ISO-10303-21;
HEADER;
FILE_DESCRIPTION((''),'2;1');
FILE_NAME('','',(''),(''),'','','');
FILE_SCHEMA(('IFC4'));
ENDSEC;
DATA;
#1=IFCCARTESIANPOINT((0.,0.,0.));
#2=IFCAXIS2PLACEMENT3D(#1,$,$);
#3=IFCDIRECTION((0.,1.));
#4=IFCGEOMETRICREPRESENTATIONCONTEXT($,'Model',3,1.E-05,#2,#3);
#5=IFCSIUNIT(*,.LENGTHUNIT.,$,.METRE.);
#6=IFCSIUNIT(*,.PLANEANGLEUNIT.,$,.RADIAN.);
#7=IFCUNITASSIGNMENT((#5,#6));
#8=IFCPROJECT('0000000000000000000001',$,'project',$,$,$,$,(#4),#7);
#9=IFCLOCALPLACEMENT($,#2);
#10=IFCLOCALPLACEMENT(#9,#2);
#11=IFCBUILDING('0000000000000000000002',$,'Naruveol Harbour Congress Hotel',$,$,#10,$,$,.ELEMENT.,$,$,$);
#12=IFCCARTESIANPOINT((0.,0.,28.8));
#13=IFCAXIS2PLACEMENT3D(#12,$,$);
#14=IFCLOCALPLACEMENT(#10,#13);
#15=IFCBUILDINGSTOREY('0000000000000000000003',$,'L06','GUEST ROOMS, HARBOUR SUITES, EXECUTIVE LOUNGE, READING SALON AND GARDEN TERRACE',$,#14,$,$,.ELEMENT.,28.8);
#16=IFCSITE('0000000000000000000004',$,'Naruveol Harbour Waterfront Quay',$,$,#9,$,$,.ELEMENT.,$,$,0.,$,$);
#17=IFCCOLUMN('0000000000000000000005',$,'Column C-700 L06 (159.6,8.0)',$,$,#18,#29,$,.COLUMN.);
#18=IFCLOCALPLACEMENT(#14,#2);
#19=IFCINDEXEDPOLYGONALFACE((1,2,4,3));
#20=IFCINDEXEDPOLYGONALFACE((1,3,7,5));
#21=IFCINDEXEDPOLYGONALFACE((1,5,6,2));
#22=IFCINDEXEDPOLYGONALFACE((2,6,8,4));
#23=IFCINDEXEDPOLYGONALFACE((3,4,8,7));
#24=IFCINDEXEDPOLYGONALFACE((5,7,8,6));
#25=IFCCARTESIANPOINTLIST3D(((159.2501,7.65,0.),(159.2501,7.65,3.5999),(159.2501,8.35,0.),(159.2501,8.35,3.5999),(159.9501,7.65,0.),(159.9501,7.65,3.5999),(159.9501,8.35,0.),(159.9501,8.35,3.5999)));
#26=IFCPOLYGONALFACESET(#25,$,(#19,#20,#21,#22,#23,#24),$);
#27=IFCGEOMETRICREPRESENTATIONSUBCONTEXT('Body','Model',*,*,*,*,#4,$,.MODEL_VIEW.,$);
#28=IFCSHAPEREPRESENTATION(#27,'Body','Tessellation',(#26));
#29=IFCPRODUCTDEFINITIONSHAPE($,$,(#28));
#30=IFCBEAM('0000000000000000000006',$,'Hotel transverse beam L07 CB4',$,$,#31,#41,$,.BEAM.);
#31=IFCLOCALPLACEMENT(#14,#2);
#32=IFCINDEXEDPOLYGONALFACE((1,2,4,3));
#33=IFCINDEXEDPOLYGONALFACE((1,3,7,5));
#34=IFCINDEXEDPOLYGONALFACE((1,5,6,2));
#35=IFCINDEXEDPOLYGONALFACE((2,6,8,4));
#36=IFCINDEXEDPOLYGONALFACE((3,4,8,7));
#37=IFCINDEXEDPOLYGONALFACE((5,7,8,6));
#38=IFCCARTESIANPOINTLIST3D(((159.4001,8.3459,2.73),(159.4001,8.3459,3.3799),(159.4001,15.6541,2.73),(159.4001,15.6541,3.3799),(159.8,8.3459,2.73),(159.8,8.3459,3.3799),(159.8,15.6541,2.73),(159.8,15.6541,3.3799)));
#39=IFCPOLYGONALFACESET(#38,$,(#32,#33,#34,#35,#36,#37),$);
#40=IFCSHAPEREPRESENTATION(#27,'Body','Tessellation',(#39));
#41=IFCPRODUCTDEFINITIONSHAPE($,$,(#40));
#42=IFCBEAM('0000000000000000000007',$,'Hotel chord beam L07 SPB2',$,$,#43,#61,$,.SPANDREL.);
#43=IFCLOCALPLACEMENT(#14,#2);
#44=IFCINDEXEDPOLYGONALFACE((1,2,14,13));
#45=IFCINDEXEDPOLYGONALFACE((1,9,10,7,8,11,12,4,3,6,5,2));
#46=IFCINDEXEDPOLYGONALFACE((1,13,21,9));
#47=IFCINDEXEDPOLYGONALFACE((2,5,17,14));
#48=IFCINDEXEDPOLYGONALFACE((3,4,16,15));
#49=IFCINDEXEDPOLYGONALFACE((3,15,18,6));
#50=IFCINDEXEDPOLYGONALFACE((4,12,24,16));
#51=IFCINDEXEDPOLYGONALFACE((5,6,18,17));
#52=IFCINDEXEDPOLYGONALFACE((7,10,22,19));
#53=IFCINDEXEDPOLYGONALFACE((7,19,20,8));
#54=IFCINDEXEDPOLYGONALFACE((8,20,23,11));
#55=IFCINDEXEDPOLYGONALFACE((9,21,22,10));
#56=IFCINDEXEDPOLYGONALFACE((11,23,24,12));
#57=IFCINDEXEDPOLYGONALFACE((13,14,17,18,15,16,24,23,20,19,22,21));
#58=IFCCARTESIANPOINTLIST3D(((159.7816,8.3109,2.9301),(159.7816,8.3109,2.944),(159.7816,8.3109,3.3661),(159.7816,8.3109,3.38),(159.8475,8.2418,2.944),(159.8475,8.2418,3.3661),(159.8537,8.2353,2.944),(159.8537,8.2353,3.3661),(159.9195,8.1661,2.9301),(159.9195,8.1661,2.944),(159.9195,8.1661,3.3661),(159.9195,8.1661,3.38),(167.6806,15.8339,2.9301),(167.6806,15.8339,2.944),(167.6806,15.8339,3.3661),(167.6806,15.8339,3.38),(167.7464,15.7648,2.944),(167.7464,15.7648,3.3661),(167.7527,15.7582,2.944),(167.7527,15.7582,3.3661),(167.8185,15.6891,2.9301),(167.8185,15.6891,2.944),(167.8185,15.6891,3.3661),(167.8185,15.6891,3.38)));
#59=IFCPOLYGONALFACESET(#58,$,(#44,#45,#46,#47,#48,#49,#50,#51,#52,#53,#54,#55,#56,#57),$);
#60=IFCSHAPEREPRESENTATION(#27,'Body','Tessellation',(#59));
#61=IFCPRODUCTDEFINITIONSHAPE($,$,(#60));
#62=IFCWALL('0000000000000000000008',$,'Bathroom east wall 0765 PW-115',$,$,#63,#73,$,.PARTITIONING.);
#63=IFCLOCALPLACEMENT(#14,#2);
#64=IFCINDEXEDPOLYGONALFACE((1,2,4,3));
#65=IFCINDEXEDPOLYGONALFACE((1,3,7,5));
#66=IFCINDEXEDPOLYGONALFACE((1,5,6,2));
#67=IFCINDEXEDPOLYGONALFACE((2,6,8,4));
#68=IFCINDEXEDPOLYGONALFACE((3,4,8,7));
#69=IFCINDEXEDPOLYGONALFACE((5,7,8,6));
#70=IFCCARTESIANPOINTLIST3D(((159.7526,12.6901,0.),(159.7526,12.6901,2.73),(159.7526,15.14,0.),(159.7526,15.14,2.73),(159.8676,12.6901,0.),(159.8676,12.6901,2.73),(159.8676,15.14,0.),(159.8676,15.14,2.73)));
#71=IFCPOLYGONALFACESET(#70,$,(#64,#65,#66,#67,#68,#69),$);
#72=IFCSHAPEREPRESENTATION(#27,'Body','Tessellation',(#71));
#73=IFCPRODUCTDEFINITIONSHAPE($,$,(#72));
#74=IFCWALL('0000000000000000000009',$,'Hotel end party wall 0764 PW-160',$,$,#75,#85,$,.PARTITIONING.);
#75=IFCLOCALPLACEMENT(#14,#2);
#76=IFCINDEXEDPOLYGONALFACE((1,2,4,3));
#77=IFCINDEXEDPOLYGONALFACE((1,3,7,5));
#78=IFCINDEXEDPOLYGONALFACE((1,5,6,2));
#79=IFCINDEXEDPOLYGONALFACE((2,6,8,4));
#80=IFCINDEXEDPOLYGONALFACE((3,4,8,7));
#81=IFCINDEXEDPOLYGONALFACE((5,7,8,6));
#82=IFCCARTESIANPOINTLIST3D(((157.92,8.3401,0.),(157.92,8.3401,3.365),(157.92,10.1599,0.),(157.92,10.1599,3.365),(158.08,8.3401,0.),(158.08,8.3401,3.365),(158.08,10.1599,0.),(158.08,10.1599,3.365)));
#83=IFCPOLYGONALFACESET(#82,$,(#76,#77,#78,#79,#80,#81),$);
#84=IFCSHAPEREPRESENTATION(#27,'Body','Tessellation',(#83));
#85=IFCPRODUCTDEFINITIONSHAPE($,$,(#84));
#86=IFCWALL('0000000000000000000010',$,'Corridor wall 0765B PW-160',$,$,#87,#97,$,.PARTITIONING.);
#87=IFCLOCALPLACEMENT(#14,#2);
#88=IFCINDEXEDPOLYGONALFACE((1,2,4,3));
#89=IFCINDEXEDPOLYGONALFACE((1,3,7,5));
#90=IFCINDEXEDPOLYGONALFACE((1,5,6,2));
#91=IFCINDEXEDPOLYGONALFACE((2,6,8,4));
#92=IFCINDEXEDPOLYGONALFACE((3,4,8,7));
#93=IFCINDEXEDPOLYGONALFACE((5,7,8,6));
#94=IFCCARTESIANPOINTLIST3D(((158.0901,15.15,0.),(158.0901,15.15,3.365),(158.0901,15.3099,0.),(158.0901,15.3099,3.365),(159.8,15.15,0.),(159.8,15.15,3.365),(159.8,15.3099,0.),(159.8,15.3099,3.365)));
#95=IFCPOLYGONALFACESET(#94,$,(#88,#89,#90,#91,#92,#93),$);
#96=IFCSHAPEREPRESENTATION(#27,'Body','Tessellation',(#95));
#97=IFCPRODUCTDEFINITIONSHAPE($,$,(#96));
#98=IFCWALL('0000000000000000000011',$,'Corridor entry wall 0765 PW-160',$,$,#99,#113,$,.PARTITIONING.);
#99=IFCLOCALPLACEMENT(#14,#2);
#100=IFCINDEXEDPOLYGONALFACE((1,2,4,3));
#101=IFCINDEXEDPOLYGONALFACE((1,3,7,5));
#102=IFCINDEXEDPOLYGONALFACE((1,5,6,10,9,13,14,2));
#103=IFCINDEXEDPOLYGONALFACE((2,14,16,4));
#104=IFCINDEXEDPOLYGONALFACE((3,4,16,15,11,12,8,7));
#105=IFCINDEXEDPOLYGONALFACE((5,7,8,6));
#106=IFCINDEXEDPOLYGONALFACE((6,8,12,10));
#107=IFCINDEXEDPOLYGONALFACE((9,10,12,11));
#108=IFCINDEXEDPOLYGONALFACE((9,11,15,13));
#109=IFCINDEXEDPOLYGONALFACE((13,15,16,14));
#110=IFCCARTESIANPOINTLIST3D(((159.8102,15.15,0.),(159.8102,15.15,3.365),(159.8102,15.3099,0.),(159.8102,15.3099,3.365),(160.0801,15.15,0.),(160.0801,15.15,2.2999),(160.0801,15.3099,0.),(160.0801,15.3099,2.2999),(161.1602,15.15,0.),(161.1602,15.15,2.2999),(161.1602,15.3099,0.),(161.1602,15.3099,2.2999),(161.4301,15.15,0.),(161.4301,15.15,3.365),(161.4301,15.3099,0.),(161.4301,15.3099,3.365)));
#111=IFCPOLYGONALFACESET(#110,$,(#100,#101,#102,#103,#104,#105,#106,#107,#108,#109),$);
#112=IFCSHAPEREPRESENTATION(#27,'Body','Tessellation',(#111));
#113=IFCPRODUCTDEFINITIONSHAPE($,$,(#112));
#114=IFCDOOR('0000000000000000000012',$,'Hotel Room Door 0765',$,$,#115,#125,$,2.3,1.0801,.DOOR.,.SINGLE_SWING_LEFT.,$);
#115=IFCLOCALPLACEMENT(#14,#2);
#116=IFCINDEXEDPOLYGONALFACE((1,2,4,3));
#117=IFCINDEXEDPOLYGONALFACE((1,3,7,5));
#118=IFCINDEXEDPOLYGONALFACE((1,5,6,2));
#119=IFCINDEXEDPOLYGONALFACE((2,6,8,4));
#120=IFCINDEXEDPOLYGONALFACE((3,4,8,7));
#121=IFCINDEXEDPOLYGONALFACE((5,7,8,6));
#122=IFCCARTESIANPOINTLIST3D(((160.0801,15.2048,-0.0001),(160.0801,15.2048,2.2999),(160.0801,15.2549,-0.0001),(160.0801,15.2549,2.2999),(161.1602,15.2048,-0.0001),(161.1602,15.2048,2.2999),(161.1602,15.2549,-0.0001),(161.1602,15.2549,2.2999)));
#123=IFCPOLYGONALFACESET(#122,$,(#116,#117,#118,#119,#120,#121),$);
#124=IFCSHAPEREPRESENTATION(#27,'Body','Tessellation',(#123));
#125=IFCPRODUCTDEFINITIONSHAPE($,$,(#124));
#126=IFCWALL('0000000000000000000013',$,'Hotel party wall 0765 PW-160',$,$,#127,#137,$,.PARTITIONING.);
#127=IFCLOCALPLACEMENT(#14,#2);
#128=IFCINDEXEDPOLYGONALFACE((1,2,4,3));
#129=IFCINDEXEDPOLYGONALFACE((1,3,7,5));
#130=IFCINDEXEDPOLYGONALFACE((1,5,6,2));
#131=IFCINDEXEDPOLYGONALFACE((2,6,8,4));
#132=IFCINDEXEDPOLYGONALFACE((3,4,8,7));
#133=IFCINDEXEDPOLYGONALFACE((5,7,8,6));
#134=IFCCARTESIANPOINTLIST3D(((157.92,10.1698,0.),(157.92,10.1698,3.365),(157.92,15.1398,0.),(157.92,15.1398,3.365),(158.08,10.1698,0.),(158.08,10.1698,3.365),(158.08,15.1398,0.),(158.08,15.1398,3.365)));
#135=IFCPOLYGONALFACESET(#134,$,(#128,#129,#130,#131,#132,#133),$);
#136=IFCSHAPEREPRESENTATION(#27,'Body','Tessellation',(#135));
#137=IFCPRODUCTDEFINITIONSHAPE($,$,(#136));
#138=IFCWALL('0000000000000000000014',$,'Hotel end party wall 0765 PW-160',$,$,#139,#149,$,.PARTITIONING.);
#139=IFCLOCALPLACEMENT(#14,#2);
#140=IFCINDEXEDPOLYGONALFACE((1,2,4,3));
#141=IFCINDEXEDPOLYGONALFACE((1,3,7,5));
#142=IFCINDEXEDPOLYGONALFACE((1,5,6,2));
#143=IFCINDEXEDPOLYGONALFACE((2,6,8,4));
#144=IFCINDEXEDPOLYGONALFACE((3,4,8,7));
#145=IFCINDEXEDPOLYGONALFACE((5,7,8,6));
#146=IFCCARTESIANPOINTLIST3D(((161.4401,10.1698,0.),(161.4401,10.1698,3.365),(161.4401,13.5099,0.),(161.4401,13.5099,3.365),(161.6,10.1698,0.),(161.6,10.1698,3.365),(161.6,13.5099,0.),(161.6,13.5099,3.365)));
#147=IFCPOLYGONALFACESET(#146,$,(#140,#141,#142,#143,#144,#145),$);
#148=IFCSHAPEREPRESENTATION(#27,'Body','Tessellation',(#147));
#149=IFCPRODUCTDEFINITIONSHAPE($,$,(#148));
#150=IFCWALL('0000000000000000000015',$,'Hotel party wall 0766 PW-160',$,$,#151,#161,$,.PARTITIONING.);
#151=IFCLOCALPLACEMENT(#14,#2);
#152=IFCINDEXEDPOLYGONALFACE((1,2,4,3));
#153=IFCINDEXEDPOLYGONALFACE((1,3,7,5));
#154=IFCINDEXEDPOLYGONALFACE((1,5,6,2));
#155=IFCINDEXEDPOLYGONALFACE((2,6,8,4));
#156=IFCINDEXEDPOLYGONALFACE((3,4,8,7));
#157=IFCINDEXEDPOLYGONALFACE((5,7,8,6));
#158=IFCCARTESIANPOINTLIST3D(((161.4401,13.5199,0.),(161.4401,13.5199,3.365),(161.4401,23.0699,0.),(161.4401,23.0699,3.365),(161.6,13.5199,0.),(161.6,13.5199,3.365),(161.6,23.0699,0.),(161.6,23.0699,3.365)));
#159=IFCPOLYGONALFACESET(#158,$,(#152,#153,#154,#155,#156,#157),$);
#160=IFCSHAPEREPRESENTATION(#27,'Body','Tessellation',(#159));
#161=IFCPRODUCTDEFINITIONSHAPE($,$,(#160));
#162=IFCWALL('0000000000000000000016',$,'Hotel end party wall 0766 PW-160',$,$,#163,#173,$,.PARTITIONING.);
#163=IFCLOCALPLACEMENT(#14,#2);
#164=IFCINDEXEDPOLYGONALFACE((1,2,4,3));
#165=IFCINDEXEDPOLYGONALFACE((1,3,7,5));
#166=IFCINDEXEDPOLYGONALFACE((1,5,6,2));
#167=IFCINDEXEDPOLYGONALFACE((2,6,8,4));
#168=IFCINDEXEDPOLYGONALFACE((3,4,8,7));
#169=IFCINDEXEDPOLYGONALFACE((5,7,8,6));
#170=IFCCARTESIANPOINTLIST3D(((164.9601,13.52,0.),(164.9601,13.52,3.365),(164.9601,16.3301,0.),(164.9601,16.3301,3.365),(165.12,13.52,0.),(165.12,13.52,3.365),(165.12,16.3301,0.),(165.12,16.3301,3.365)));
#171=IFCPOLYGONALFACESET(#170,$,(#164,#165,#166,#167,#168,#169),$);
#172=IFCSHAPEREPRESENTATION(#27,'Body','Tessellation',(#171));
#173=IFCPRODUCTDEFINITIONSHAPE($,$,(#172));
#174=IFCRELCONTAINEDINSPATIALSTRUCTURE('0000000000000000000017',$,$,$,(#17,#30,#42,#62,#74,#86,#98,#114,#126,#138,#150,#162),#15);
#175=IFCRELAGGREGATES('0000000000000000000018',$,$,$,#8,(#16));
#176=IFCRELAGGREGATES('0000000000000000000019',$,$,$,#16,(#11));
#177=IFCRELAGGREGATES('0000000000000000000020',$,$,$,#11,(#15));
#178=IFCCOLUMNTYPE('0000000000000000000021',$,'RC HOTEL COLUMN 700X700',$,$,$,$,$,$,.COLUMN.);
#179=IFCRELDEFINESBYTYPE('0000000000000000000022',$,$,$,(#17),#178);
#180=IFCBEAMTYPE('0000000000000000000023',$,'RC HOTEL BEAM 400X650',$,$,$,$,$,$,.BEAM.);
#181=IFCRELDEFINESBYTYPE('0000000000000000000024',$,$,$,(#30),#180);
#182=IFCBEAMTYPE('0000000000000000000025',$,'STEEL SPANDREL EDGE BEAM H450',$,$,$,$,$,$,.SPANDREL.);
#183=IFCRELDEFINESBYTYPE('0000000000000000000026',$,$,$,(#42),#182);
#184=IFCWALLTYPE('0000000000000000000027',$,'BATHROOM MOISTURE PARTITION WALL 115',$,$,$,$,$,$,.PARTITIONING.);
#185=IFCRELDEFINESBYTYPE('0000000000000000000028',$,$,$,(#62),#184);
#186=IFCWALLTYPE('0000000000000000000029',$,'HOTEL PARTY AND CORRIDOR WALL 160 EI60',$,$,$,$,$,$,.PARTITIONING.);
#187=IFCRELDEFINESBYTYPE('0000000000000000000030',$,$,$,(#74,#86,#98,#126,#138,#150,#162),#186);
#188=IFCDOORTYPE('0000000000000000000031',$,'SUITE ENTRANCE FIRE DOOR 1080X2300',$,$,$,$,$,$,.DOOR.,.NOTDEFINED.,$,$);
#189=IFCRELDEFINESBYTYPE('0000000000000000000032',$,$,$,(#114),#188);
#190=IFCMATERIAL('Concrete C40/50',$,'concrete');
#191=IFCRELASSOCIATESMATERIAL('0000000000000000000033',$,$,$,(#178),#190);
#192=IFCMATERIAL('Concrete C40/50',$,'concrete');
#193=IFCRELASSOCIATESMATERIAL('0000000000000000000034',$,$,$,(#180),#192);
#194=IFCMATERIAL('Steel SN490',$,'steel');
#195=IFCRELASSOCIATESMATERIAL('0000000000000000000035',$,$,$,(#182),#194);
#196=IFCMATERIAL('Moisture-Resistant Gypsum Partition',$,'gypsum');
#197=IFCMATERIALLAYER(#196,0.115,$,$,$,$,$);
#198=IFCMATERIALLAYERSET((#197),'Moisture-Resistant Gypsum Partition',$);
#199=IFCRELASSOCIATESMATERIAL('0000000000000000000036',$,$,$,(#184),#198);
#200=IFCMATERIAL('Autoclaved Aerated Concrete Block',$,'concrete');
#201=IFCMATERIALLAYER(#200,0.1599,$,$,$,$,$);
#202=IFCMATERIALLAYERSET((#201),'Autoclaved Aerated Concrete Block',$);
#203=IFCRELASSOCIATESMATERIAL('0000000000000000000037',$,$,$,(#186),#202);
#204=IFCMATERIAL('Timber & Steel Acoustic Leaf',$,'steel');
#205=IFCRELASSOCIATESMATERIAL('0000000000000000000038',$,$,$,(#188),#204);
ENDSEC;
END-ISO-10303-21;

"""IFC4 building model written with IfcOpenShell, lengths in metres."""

from ifc_helpers import new_model, si_unit, direction, frame, frame_2d, origin, origin_2d, place, context, subcontext, project, spatial, rectangle, i_section, extrude, material, layer, layer_set, material_profile, profile_set, type_object, element, fill, save


model = new_model("IFC4")

# Units and contexts
model_context = context("Model", 3, precision=1e-05, world=origin(), true_north=direction((0.0, 1.0)))
body_context = subcontext(model_context, "Body", "Model", "MODEL_VIEW")
ifc_project = project(units=[si_unit("LENGTHUNIT", "METRE"), si_unit("PLANEANGLEUNIT", "RADIAN")], contexts=[model_context])

# Site, building, storey
site_placement = place(None, origin())
site = spatial("IfcSite", under=ifc_project, at=site_placement, Name="Naruveol Harbour Waterfront Quay", CompositionType="ELEMENT", RefElevation=0.0)
building_placement = place(site_placement, origin())
building = spatial("IfcBuilding", under=site, at=building_placement, Name="Naruveol Harbour Congress Hotel", CompositionType="ELEMENT")
storey_placement = place(building_placement, frame((0.0, 0.0, 28.8)))
storey = spatial("IfcBuildingStorey", under=building, at=storey_placement, Name="L06", Description="GUEST ROOMS, HARBOUR SUITES, EXECUTIVE LOUNGE, READING SALON AND GARDEN TERRACE", CompositionType="ELEMENT", Elevation=28.8)

# Column
ifc_material_1 = material(Name="Concrete C40/50", Category="concrete")
ifc_material_profile_1 = material_profile(ifc_material_1, rectangle(XDim=0.7, YDim=0.7, at=origin_2d()), Name="RC-700x700")
ifc_profile_set_1 = profile_set([ifc_material_profile_1], Name="Concrete C40/50")
column_type = type_object("IfcColumnType", Name="RC HOTEL COLUMN 700X700", PredefinedType="COLUMN", material=ifc_profile_set_1)
column_placement = place(storey_placement, frame((159.6001, 8.0, 0.0), z_axis=(0.0, 0.0, 1.0), x_axis=(1.0, 0.0, 0.0)))
element("IfcColumn", 1, at=column_placement, inside=storey, type_object=column_type, Name="Column C-700 L06 (159.6,8.0)", PredefinedType="COLUMN", context=body_context, shape_type="SweptSolid", body=[
    extrude(rectangle(XDim=0.7, YDim=0.7, at=origin_2d()), origin(), (0.0, 0.0, 1.0), 3.5999),
])

# Beams
ifc_material_2 = material(Name="Concrete C40/50", Category="concrete")
ifc_material_profile_2 = material_profile(ifc_material_2, rectangle(XDim=0.3999, YDim=0.6499, at=origin_2d()), Name="RCB-400x650")
ifc_profile_set_2 = profile_set([ifc_material_profile_2], Name="Concrete C40/50")
beam_type_1 = type_object("IfcBeamType", Name="RC HOTEL BEAM 400X650", PredefinedType="BEAM", material=ifc_profile_set_2)
beam_1_placement = place(storey_placement, frame((159.6001, 8.3459, 3.0549), z_axis=(0.0, 1.0, 0.0), x_axis=(-1.0, 0.0, 0.0)))
element("IfcBeam", 2, at=beam_1_placement, inside=storey, type_object=beam_type_1, Name="Hotel transverse beam L07 CB4", PredefinedType="BEAM", context=body_context, shape_type="SweptSolid", body=[
    extrude(rectangle(XDim=0.3999, YDim=0.6499, at=origin_2d()), origin(), (0.0, 0.0, 1.0), 7.3081),
])
ifc_material_3 = material(Name="Steel SN490", Category="steel")
ifc_material_profile_3 = material_profile(ifc_material_3, i_section(OverallWidth=0.2, OverallDepth=0.45, WebThickness=0.009, FlangeThickness=0.0139, at=origin_2d()), Name="H-450x200x9x14")
ifc_profile_set_3 = profile_set([ifc_material_profile_3], Name="Steel SN490")
beam_type_2 = type_object("IfcBeamType", Name="STEEL SPANDREL EDGE BEAM H450", PredefinedType="SPANDREL", material=ifc_profile_set_3)
beam_2_placement = place(storey_placement, frame((159.8506, 8.2385, 3.155), z_axis=(0.72413, 0.689663, 0.0), x_axis=(-0.689663, 0.72413, 0.0)))
element("IfcBeam", 3, at=beam_2_placement, inside=storey, type_object=beam_type_2, Name="Hotel chord beam L07 SPB2", PredefinedType="SPANDREL", context=body_context, shape_type="SweptSolid", body=[
    extrude(i_section(OverallWidth=0.2, OverallDepth=0.45, WebThickness=0.009, FlangeThickness=0.0139, at=origin_2d()), origin(), (0.0, 0.0, 1.0), 10.9082),
])

# Wall
ifc_material_4 = material(Name="Moisture-Resistant Gypsum Partition", Category="gypsum")
ifc_layer_1 = layer(ifc_material_4, 0.115)
ifc_layer_set_1 = layer_set([ifc_layer_1], Name="Moisture-Resistant Gypsum Partition")
wall_type_1 = type_object("IfcWallType", Name="BATHROOM MOISTURE PARTITION WALL 115", PredefinedType="PARTITIONING", material=ifc_layer_set_1)
wall_1_placement = place(storey_placement, frame((159.8101, 12.6899, 0.0), z_axis=(0.0, 0.0, 1.0), x_axis=(0.0, 1.0, 0.0)))
element("IfcWall", 4, at=wall_1_placement, inside=storey, type_object=wall_type_1, Name="Bathroom east wall 0765 PW-115", PredefinedType="PARTITIONING", context=body_context, shape_type="SweptSolid", body=[
    extrude(rectangle(XDim=2.45, YDim=0.115, at=frame_2d((1.2251, 0.0))), origin(), (0.0, 0.0, 1.0), 2.73),
])

# Walls
ifc_material_5 = material(Name="Autoclaved Aerated Concrete Block", Category="concrete")
ifc_layer_2 = layer(ifc_material_5, 0.1599)
ifc_layer_set_2 = layer_set([ifc_layer_2], Name="Autoclaved Aerated Concrete Block")
wall_type_2 = type_object("IfcWallType", Name="HOTEL PARTY AND CORRIDOR WALL 160 EI60", PredefinedType="PARTITIONING", material=ifc_layer_set_2)
wall_2_placement = place(storey_placement, frame((158.0, 8.3401, 0.0), z_axis=(0.0, 0.0, 1.0), x_axis=(0.0, 1.0, 0.0)))
element("IfcWall", 5, at=wall_2_placement, inside=storey, type_object=wall_type_2, Name="Hotel end party wall 0764 PW-160", PredefinedType="PARTITIONING", context=body_context, shape_type="SweptSolid", body=[
    extrude(rectangle(XDim=1.8198, YDim=0.1599, at=frame_2d((0.9099, 0.0))), origin(), (0.0, 0.0, 1.0), 3.365),
])
wall_3_placement = place(storey_placement, frame((158.0901, 15.23, 0.0), z_axis=(0.0, 0.0, 1.0), x_axis=(1.0, 0.0, 0.0)))
element("IfcWall", 6, at=wall_3_placement, inside=storey, type_object=wall_type_2, Name="Corridor wall 0765B PW-160", PredefinedType="PARTITIONING", context=body_context, shape_type="SweptSolid", body=[
    extrude(rectangle(XDim=1.71, YDim=0.1599, at=frame_2d((0.855, 0.0))), origin(), (0.0, 0.0, 1.0), 3.365),
])

# Wall, opening, door
wall_4_placement = place(storey_placement, frame((159.8101, 15.23, 0.0), z_axis=(0.0, 0.0, 1.0), x_axis=(1.0, 0.0, 0.0)))
wall_4 = element("IfcWall", 7, at=wall_4_placement, inside=storey, type_object=wall_type_2, Name="Corridor entry wall 0765 PW-160", PredefinedType="PARTITIONING", context=body_context, shape_type="SweptSolid", body=[
    extrude(rectangle(XDim=1.6199, YDim=0.1599, at=frame_2d((0.8101, 0.0))), origin(), (0.0, 0.0, 1.0), 3.365),
])
opening_1_placement = place(wall_4_placement, frame((0.27, 0.0, 0.0)))
opening_1 = element("IfcOpeningElement", 8, at=opening_1_placement, cuts=wall_4, PredefinedType="OPENING", context=body_context, shape_type="SweptSolid", body=[
    extrude(rectangle(XDim=1.0801, YDim=2.3, at=frame_2d((0.54, 1.1499))), frame((0.0, 0.0898, 0.0), z_axis=(0.0, -1.0, 0.0), x_axis=(1.0, 0.0, 0.0)), (0.0, 0.0, 1.0), 0.1799),
])
ifc_material_6 = material(Name="Timber & Steel Acoustic Leaf", Category="steel")
door_type_1 = type_object("IfcDoorType", Name="SUITE ENTRANCE FIRE DOOR 1080X2300", OperationType="NOTDEFINED", PredefinedType="DOOR", material=ifc_material_6)
door_1_placement = place(opening_1_placement, origin())
door_1 = element("IfcDoor", 9, at=door_1_placement, inside=storey, type_object=door_type_1, Name="Hotel Room Door 0765", OperationType="SINGLE_SWING_LEFT", OverallHeight=2.3, OverallWidth=1.0801, PredefinedType="DOOR", context=body_context, shape_type="SweptSolid", body=[
    extrude(rectangle(XDim=1.0801, YDim=2.3, at=frame_2d((0.54, 1.1499))), frame((0.0, 0.0249, 0.0), z_axis=(0.0, -1.0, 0.0), x_axis=(1.0, 0.0, 0.0)), (0.0, 0.0, 1.0), 0.05),
])
fill(opening_1, door_1)

# Walls
wall_5_placement = place(storey_placement, frame((158.0, 10.1699, 0.0), z_axis=(0.0, 0.0, 1.0), x_axis=(0.0, 1.0, 0.0)))
element("IfcWall", 10, at=wall_5_placement, inside=storey, type_object=wall_type_2, Name="Hotel party wall 0765 PW-160", PredefinedType="PARTITIONING", context=body_context, shape_type="SweptSolid", body=[
    extrude(rectangle(XDim=4.97, YDim=0.1599, at=frame_2d((2.4849, 0.0))), origin(), (0.0, 0.0, 1.0), 3.365),
])
wall_6_placement = place(storey_placement, frame((161.52, 10.1699, 0.0), z_axis=(0.0, 0.0, 1.0), x_axis=(0.0, 1.0, 0.0)))
element("IfcWall", 11, at=wall_6_placement, inside=storey, type_object=wall_type_2, Name="Hotel end party wall 0765 PW-160", PredefinedType="PARTITIONING", context=body_context, shape_type="SweptSolid", body=[
    extrude(rectangle(XDim=3.3401, YDim=0.1599, at=frame_2d((1.6699, 0.0))), origin(), (0.0, 0.0, 1.0), 3.365),
])
wall_7_placement = place(storey_placement, frame((161.52, 13.52, 0.0), z_axis=(0.0, 0.0, 1.0), x_axis=(0.0, 1.0, 0.0)))
element("IfcWall", 12, at=wall_7_placement, inside=storey, type_object=wall_type_2, Name="Hotel party wall 0766 PW-160", PredefinedType="PARTITIONING", context=body_context, shape_type="SweptSolid", body=[
    extrude(rectangle(XDim=9.55, YDim=0.1599, at=frame_2d((4.7749, 0.0))), origin(), (0.0, 0.0, 1.0), 3.365),
])
wall_8_placement = place(storey_placement, frame((165.04, 13.52, 0.0), z_axis=(0.0, 0.0, 1.0), x_axis=(0.0, 1.0, 0.0)))
element("IfcWall", 13, at=wall_8_placement, inside=storey, type_object=wall_type_2, Name="Hotel end party wall 0766 PW-160", PredefinedType="PARTITIONING", context=body_context, shape_type="SweptSolid", body=[
    extrude(rectangle(XDim=2.8101, YDim=0.1599, at=frame_2d((1.405, 0.0))), origin(), (0.0, 0.0, 1.0), 3.365),
])

save(model, "model.ifc")
